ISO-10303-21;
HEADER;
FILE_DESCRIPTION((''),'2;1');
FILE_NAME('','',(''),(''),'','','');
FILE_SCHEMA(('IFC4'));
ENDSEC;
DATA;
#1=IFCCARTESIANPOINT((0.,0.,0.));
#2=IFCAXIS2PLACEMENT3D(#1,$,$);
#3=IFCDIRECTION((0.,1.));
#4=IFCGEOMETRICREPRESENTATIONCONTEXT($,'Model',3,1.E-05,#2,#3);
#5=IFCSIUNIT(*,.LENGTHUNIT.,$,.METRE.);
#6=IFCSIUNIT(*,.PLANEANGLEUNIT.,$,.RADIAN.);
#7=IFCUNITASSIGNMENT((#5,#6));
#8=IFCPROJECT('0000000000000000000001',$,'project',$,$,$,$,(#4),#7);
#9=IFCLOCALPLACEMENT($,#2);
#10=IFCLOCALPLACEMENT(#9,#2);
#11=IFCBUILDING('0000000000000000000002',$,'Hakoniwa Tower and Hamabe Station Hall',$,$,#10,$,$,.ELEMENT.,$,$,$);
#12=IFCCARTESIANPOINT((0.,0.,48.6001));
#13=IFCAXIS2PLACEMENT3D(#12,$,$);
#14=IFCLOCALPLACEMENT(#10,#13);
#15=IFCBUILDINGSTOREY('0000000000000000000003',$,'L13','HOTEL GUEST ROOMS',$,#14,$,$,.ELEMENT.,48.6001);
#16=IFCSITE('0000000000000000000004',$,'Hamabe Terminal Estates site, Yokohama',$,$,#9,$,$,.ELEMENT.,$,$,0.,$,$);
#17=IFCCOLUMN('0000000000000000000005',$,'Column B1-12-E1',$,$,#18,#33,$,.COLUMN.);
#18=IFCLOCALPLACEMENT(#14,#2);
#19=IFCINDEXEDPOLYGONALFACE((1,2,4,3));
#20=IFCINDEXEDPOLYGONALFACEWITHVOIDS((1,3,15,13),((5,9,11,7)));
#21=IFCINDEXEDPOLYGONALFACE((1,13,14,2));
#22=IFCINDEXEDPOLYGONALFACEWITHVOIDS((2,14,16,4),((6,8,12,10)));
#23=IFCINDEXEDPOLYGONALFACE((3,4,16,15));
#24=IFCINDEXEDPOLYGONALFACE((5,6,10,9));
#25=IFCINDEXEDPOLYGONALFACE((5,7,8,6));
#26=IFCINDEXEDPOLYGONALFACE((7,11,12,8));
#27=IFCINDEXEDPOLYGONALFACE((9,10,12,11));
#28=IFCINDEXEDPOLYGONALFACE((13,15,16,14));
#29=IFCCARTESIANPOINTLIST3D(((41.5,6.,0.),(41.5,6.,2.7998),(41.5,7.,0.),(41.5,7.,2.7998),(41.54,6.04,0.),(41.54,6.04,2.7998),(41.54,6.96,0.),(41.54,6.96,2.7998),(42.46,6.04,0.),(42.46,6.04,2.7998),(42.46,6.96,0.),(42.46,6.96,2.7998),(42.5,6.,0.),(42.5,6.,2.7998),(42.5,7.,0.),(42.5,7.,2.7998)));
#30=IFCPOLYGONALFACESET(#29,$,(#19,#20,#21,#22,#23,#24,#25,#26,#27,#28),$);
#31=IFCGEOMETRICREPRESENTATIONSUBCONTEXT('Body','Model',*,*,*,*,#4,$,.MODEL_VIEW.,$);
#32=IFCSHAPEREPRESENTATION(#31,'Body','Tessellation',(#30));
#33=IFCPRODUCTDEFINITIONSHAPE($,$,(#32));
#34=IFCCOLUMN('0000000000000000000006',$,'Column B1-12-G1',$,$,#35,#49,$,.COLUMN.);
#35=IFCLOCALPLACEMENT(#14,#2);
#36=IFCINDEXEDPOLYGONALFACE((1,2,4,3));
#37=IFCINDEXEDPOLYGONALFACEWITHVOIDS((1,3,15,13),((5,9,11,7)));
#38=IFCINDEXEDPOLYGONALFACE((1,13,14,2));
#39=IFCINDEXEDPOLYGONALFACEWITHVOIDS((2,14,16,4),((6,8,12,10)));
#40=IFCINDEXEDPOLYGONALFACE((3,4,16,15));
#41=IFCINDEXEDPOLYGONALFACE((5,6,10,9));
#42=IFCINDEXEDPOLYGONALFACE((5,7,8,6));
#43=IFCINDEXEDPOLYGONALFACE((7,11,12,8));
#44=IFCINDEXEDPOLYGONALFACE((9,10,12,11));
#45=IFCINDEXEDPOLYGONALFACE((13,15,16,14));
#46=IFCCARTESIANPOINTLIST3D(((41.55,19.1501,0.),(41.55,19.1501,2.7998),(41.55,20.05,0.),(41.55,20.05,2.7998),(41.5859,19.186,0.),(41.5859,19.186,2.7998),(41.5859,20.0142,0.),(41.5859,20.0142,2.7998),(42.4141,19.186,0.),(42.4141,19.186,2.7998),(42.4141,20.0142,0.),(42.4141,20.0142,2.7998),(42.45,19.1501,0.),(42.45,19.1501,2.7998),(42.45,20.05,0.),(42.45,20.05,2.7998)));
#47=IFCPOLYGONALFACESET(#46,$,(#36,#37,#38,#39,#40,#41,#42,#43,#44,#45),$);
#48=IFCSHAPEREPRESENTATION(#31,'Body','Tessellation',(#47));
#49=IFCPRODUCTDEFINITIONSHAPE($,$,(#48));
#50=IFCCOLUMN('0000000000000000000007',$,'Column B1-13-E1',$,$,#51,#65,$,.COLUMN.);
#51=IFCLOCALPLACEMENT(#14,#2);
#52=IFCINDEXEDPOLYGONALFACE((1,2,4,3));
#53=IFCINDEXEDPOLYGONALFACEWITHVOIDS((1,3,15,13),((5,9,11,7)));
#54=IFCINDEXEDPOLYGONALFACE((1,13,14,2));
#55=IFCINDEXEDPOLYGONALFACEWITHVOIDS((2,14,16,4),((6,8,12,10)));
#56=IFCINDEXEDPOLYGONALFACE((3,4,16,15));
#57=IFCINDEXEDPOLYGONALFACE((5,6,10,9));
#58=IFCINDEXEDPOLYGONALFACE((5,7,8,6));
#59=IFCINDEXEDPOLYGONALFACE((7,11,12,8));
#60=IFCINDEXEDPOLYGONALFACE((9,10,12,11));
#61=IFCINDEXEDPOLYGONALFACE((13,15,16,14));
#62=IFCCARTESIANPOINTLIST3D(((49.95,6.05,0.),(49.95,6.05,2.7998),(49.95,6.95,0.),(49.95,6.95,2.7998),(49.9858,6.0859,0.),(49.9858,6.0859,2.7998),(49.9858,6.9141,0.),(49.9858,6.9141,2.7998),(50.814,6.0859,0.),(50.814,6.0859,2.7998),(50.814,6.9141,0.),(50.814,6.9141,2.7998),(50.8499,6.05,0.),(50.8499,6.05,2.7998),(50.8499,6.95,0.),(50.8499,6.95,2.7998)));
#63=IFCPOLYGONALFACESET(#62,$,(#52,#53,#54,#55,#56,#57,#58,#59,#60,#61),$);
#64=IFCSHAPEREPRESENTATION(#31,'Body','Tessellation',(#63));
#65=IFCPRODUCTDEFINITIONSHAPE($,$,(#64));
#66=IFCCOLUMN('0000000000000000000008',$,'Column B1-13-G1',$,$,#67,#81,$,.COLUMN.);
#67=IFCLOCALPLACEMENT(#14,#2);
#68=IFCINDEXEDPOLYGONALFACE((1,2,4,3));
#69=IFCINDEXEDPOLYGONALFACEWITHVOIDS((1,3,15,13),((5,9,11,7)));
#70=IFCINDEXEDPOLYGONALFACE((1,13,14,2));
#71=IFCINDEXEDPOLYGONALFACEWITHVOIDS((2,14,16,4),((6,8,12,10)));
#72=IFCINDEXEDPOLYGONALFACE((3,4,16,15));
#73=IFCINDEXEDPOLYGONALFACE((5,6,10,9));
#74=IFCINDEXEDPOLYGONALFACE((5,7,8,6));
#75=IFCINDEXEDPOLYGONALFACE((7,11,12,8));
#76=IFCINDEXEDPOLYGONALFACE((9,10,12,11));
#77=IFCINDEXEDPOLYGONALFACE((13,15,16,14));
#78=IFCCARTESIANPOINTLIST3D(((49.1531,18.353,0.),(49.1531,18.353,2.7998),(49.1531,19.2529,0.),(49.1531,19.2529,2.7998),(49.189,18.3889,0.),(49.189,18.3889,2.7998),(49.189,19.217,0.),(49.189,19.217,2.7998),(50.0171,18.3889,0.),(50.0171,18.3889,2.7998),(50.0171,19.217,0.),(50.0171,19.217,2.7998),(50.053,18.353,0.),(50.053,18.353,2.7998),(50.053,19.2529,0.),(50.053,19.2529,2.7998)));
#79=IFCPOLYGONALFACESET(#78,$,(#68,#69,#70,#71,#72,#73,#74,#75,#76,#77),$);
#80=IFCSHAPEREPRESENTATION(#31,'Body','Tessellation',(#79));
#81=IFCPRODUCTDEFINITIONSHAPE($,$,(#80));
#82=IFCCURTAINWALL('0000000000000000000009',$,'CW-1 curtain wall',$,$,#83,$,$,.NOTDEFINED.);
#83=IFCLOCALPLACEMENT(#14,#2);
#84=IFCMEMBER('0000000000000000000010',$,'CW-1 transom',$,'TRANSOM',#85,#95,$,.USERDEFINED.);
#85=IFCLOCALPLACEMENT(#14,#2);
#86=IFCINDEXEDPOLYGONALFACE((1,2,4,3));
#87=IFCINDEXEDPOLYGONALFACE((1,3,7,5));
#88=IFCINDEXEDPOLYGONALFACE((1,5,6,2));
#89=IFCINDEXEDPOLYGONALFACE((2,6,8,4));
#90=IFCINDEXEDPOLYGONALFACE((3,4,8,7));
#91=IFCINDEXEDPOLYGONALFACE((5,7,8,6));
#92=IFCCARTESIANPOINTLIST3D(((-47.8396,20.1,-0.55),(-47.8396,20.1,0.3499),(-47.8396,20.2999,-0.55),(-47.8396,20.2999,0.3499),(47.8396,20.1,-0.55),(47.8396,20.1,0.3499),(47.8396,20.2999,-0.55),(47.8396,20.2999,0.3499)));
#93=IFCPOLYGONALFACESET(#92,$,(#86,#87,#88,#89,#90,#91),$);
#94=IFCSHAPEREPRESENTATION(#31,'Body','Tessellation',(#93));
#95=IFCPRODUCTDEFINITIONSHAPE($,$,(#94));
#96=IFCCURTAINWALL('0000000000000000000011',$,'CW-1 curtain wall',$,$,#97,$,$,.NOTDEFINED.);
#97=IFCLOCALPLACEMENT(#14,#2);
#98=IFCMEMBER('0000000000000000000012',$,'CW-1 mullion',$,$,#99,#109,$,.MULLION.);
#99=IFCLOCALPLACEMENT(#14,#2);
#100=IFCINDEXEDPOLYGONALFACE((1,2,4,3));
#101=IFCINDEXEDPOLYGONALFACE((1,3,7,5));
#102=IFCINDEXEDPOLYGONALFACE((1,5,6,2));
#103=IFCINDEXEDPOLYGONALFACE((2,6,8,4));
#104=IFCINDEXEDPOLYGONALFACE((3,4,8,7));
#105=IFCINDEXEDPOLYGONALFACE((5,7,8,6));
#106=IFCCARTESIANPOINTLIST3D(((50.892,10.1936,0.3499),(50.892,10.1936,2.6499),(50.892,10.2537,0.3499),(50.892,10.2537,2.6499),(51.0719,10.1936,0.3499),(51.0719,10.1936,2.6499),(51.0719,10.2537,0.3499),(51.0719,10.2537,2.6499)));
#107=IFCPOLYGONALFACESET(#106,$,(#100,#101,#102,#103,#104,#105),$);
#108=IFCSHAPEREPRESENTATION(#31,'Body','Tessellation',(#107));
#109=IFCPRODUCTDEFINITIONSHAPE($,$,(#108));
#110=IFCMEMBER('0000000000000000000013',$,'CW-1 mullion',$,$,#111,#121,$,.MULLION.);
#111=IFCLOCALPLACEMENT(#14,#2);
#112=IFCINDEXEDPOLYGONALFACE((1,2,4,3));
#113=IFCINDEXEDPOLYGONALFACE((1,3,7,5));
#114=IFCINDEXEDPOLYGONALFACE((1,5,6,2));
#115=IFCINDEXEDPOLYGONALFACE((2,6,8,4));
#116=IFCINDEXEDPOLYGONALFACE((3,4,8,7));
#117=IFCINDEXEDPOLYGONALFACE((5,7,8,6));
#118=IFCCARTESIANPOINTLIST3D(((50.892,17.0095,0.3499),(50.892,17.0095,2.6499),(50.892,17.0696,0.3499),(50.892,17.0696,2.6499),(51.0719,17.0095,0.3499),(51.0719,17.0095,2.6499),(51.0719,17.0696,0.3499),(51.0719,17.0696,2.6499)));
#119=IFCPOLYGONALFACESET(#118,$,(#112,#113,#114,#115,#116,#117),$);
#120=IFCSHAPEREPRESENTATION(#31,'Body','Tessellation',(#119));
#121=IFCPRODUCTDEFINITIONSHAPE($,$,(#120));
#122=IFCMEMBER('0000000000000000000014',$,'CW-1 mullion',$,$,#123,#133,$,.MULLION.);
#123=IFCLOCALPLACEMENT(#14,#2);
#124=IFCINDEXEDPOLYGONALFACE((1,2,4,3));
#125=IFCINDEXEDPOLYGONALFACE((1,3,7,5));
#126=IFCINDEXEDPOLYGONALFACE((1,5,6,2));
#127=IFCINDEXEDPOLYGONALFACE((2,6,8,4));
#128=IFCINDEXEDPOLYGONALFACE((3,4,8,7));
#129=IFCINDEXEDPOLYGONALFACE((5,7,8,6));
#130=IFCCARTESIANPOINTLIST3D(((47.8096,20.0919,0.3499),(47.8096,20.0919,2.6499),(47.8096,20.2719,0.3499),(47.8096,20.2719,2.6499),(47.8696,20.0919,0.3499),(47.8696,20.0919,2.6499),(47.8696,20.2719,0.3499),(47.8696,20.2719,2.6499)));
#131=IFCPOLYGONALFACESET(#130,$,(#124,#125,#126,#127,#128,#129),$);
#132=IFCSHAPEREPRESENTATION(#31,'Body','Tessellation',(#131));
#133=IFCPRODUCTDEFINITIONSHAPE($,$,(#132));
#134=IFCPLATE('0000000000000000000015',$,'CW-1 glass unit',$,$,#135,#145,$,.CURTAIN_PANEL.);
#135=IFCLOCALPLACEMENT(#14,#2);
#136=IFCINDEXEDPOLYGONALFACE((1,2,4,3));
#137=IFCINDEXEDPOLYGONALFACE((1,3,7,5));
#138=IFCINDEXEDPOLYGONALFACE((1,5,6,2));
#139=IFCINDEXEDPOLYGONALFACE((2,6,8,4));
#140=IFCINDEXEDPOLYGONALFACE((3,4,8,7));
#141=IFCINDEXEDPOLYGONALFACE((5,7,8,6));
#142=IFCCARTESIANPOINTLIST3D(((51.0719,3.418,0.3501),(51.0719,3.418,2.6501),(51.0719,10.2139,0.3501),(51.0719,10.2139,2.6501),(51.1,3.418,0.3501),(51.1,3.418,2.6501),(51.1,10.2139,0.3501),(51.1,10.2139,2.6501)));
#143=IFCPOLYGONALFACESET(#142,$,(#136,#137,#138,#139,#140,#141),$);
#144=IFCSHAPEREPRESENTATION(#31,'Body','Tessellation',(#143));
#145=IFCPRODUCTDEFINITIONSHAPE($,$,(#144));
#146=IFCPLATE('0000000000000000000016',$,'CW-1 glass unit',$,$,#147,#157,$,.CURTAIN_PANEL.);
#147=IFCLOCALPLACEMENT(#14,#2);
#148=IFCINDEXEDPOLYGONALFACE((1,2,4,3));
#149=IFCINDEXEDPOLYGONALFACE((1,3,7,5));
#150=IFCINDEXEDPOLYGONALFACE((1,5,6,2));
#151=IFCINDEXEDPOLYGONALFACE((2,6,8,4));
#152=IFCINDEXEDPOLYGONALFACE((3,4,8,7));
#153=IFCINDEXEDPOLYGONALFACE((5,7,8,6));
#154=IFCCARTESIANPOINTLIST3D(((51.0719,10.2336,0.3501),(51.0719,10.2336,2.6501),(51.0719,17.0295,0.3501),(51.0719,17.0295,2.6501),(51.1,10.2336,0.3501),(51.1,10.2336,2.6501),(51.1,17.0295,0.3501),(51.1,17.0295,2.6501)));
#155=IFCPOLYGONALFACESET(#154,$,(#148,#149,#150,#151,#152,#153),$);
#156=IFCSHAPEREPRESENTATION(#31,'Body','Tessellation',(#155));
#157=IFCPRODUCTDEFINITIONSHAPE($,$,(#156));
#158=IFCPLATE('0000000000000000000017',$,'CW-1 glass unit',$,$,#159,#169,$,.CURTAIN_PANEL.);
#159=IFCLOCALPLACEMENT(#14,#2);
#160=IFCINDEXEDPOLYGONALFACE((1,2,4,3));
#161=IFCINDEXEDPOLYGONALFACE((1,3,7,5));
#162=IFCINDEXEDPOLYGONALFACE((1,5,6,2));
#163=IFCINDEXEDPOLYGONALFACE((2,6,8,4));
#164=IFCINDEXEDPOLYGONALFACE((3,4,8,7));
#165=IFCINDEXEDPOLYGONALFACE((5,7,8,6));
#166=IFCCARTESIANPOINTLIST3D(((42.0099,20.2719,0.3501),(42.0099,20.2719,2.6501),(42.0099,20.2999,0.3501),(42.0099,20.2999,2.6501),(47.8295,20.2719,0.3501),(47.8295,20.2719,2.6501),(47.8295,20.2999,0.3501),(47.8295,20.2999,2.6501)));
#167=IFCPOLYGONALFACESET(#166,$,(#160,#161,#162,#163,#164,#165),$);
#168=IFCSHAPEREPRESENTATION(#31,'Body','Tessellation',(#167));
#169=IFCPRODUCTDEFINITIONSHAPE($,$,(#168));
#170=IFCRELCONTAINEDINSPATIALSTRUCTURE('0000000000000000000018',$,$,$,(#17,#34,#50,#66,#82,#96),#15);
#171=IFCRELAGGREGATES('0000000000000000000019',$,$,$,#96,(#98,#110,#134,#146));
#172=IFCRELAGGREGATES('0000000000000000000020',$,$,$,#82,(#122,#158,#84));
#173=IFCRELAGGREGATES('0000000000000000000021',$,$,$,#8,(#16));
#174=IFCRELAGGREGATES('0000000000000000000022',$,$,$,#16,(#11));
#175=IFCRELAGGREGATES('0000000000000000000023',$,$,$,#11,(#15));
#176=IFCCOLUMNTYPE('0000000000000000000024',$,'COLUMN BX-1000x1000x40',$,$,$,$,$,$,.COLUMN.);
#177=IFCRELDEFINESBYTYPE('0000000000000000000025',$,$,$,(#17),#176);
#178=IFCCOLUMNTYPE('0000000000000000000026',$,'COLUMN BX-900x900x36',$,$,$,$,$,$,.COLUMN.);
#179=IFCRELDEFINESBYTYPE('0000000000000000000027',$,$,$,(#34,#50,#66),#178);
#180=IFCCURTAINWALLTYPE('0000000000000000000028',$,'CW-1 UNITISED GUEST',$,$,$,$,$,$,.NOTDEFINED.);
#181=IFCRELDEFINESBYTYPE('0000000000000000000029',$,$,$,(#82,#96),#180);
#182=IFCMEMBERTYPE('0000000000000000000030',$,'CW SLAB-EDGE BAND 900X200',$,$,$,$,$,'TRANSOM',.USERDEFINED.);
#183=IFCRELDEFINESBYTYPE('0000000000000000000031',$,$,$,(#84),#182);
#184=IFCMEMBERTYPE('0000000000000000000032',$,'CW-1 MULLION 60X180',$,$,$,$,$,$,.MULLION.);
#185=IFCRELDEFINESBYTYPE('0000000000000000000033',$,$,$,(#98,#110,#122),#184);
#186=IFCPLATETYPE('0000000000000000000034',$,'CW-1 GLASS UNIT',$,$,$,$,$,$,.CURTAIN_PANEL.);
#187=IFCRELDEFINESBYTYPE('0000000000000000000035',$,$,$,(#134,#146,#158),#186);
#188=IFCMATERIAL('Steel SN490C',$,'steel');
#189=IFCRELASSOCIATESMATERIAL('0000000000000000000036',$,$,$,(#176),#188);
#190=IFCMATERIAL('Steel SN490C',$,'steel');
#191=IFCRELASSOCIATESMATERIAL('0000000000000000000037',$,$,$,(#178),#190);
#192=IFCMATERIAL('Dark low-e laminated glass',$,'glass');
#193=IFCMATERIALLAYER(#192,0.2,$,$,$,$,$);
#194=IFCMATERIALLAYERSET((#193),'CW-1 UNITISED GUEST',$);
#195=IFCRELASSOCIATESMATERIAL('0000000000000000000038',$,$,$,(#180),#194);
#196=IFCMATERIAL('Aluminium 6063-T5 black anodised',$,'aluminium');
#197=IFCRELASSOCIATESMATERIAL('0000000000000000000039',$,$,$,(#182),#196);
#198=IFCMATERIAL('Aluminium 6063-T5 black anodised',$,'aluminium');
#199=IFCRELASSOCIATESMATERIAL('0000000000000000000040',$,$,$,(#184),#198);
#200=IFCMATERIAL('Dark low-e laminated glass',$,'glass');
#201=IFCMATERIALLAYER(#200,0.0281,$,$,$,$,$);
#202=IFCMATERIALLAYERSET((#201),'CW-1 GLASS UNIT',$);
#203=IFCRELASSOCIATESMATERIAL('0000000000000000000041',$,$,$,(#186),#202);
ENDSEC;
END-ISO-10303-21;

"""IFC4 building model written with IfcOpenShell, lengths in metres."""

from ifc_helpers import new_model, si_unit, direction, frame, origin, origin_2d, place, context, subcontext, project, spatial, rectangle, hollow_rectangle, extrude, material, layer, layer_set, material_profile, profile_set, type_object, element, aggregate, save


model = new_model("IFC4")

# Units and contexts
model_context = context("Model", 3, precision=1e-05, world=origin(), true_north=direction((0.0, 1.0)))
body_context = subcontext(model_context, "Body", "Model", "MODEL_VIEW")
ifc_project = project(units=[si_unit("LENGTHUNIT", "METRE"), si_unit("PLANEANGLEUNIT", "RADIAN")], contexts=[model_context])

# Site, building, storey
site_placement = place(None, origin())
site = spatial("IfcSite", under=ifc_project, at=site_placement, Name="Hamabe Terminal Estates site, Yokohama", CompositionType="ELEMENT", RefElevation=0.0)
building_placement = place(site_placement, origin())
building = spatial("IfcBuilding", under=site, at=building_placement, Name="Hakoniwa Tower and Hamabe Station Hall", CompositionType="ELEMENT")
storey_placement = place(building_placement, frame((0.0, 0.0, 48.6001)))
storey = spatial("IfcBuildingStorey", under=building, at=storey_placement, Name="L13", Description="HOTEL GUEST ROOMS", CompositionType="ELEMENT", Elevation=48.6001)

# Columns
ifc_material_1 = material(Name="Steel SN490C", Category="steel")
ifc_material_profile_1 = material_profile(ifc_material_1, hollow_rectangle(XDim=1.0, YDim=1.0, WallThickness=0.04, at=origin_2d()), Name="BX-1000x1000x40")
ifc_profile_set_1 = profile_set([ifc_material_profile_1], Name="Steel SN490C")
column_type_1 = type_object("IfcColumnType", Name="COLUMN BX-1000x1000x40", PredefinedType="COLUMN", material=ifc_profile_set_1)
column_placement = place(storey_placement, frame((42.0, 6.5, 0.0), z_axis=(0.0, 0.0, 1.0), x_axis=(1.0, 0.0, 0.0)))
element("IfcColumn", 1, at=column_placement, inside=storey, type_object=column_type_1, Name="Column B1-12-E1", PredefinedType="COLUMN", context=body_context, shape_type="SweptSolid", body=[
    extrude(hollow_rectangle(XDim=1.0, YDim=1.0, WallThickness=0.04, at=origin_2d()), origin(), (0.0, 0.0, 1.0), 2.7998),
])
ifc_material_2 = material(Name="Steel SN490C", Category="steel")
ifc_material_profile_2 = material_profile(ifc_material_2, hollow_rectangle(XDim=0.8999, YDim=0.8999, WallThickness=0.0359, at=origin_2d()), Name="BX-900x900x36")
ifc_profile_set_2 = profile_set([ifc_material_profile_2], Name="Steel SN490C")
column_type_2 = type_object("IfcColumnType", Name="COLUMN BX-900x900x36", PredefinedType="COLUMN", material=ifc_profile_set_2)
for number, where, z_axis, x_axis, name in (
    (2, (42.0, 19.6001, 0.0), (0.0, 0.0, 1.0), (1.0, 0.0, 0.0), "Column B1-12-G1"),
    (3, (50.3999, 6.5, 0.0), (0.0, 0.0, 1.0), (1.0, 0.0, 0.0), "Column B1-13-E1"),
    (4, (49.603, 18.803, 0.0), (0.0, 0.0, 1.0), (1.0, 0.0, 0.0), "Column B1-13-G1"),
):
    element("IfcColumn", number, at=place(storey_placement, frame(where, z_axis=z_axis, x_axis=x_axis)), inside=storey, type_object=column_type_2, Name=name, PredefinedType="COLUMN", context=body_context, shape_type="SweptSolid", body=[
        extrude(hollow_rectangle(XDim=0.8999, YDim=0.8999, WallThickness=0.0359, at=origin_2d()), origin(), (0.0, 0.0, 1.0), 2.7998),
    ])

# Curtain wall, member
ifc_material_3 = material(Name="Dark low-e laminated glass", Category="glass")
ifc_layer_1 = layer(ifc_material_3, 0.2)
ifc_layer_set_1 = layer_set([ifc_layer_1], Name="CW-1 UNITISED GUEST")
curtain_wall_type = type_object("IfcCurtainWallType", Name="CW-1 UNITISED GUEST", PredefinedType="NOTDEFINED", material=ifc_layer_set_1)
curtain_wall_1_placement = place(storey_placement, origin())
curtain_wall_1 = element("IfcCurtainWall", 5, at=curtain_wall_1_placement, inside=storey, type_object=curtain_wall_type, Name="CW-1 curtain wall", PredefinedType="NOTDEFINED")
ifc_material_4 = material(Name="Aluminium 6063-T5 black anodised", Category="aluminium")
ifc_material_profile_3 = material_profile(ifc_material_4, rectangle(XDim=0.2, YDim=0.8999, at=origin_2d()), Name="CW SLAB-EDGE BAND 900X200")
ifc_profile_set_3 = profile_set([ifc_material_profile_3], Name="Aluminium 6063-T5 black anodised")
member_type_1 = type_object("IfcMemberType", Name="CW SLAB-EDGE BAND 900X200", ElementType="TRANSOM", PredefinedType="USERDEFINED", material=ifc_profile_set_3)
member_1_placement = place(storey_placement, frame((47.8396, 20.2, -0.1001), z_axis=(-1.0, 0.0, 0.0), x_axis=(0.0, -1.0, 0.0)))
member_1 = element("IfcMember", 6, at=member_1_placement, type_object=member_type_1, Name="CW-1 transom", ObjectType="TRANSOM", PredefinedType="USERDEFINED", context=body_context, shape_type="SweptSolid", body=[
    extrude(rectangle(XDim=0.2, YDim=0.8999, at=origin_2d()), origin(), (0.0, 0.0, 1.0), 95.6792),
])

# Curtain wall, members
curtain_wall_2_placement = place(storey_placement, origin())
curtain_wall_2 = element("IfcCurtainWall", 7, at=curtain_wall_2_placement, inside=storey, type_object=curtain_wall_type, Name="CW-1 curtain wall", PredefinedType="NOTDEFINED")
ifc_material_5 = material(Name="Aluminium 6063-T5 black anodised", Category="aluminium")
ifc_material_profile_4 = material_profile(ifc_material_5, rectangle(XDim=0.0601, YDim=0.1799, at=origin_2d()), Name="CW-1 MULLION 60X180")
ifc_profile_set_4 = profile_set([ifc_material_profile_4], Name="Aluminium 6063-T5 black anodised")
member_type_2 = type_object("IfcMemberType", Name="CW-1 MULLION 60X180", PredefinedType="MULLION", material=ifc_profile_set_4)
member_2_placement = place(storey_placement, frame((50.9819, 10.2236, 0.3499), z_axis=(0.0, 0.0, 1.0), x_axis=(0.0, 1.0, 0.0)))
member_2 = element("IfcMember", 8, at=member_2_placement, type_object=member_type_2, Name="CW-1 mullion", PredefinedType="MULLION", context=body_context, shape_type="SweptSolid", body=[
    extrude(rectangle(XDim=0.0601, YDim=0.1799, at=origin_2d()), origin(), (0.0, 0.0, 1.0), 2.3),
])
member_3_placement = place(storey_placement, frame((50.9819, 17.0396, 0.3499), z_axis=(0.0, 0.0, 1.0), x_axis=(0.0, 1.0, 0.0)))
member_3 = element("IfcMember", 9, at=member_3_placement, type_object=member_type_2, Name="CW-1 mullion", PredefinedType="MULLION", context=body_context, shape_type="SweptSolid", body=[
    extrude(rectangle(XDim=0.0601, YDim=0.1799, at=origin_2d()), origin(), (0.0, 0.0, 1.0), 2.3),
])

# Member
member_4_placement = place(storey_placement, frame((47.8396, 20.1819, 0.3499), z_axis=(0.0, 0.0, 1.0), x_axis=(-1.0, 0.0, 0.0)))
member_4 = element("IfcMember", 10, at=member_4_placement, type_object=member_type_2, Name="CW-1 mullion", PredefinedType="MULLION", context=body_context, shape_type="SweptSolid", body=[
    extrude(rectangle(XDim=0.0601, YDim=0.1799, at=origin_2d()), origin(), (0.0, 0.0, 1.0), 2.3),
])

# Plates
ifc_material_6 = material(Name="Dark low-e laminated glass", Category="glass")
ifc_layer_2 = layer(ifc_material_6, 0.0281)
ifc_layer_set_2 = layer_set([ifc_layer_2], Name="CW-1 GLASS UNIT")
plate_type = type_object("IfcPlateType", Name="CW-1 GLASS UNIT", PredefinedType="CURTAIN_PANEL", material=ifc_layer_set_2)
plate_1_placement = place(storey_placement, frame((51.0859, 6.8159, 0.3501), z_axis=(0.0, 0.0, 1.0), x_axis=(0.0, 1.0, 0.0)))
plate_1 = element("IfcPlate", 11, at=plate_1_placement, type_object=plate_type, Name="CW-1 glass unit", PredefinedType="CURTAIN_PANEL", context=body_context, shape_type="SweptSolid", body=[
    extrude(rectangle(XDim=6.7959, YDim=0.0281, at=origin_2d()), origin(), (0.0, 0.0, 1.0), 2.3),
])
plate_2_placement = place(storey_placement, frame((51.0859, 13.6316, 0.3501), z_axis=(0.0, 0.0, 1.0), x_axis=(0.0, 1.0, 0.0)))
plate_2 = element("IfcPlate", 12, at=plate_2_placement, type_object=plate_type, Name="CW-1 glass unit", PredefinedType="CURTAIN_PANEL", context=body_context, shape_type="SweptSolid", body=[
    extrude(rectangle(XDim=6.7959, YDim=0.0281, at=origin_2d()), origin(), (0.0, 0.0, 1.0), 2.3),
])
aggregate(curtain_wall_2, [member_2, member_3, plate_1, plate_2])
plate_3_placement = place(storey_placement, frame((44.9197, 20.2859, 0.3501), z_axis=(0.0, 0.0, 1.0), x_axis=(-1.0, 0.0, 0.0)))
plate_3 = element("IfcPlate", 13, at=plate_3_placement, type_object=plate_type, Name="CW-1 glass unit", PredefinedType="CURTAIN_PANEL", context=body_context, shape_type="SweptSolid", body=[
    extrude(rectangle(XDim=5.8196, YDim=0.0281, at=origin_2d()), origin(), (0.0, 0.0, 1.0), 2.3),
])
aggregate(curtain_wall_1, [member_4, plate_3, member_1])

save(model, "model.ifc")
